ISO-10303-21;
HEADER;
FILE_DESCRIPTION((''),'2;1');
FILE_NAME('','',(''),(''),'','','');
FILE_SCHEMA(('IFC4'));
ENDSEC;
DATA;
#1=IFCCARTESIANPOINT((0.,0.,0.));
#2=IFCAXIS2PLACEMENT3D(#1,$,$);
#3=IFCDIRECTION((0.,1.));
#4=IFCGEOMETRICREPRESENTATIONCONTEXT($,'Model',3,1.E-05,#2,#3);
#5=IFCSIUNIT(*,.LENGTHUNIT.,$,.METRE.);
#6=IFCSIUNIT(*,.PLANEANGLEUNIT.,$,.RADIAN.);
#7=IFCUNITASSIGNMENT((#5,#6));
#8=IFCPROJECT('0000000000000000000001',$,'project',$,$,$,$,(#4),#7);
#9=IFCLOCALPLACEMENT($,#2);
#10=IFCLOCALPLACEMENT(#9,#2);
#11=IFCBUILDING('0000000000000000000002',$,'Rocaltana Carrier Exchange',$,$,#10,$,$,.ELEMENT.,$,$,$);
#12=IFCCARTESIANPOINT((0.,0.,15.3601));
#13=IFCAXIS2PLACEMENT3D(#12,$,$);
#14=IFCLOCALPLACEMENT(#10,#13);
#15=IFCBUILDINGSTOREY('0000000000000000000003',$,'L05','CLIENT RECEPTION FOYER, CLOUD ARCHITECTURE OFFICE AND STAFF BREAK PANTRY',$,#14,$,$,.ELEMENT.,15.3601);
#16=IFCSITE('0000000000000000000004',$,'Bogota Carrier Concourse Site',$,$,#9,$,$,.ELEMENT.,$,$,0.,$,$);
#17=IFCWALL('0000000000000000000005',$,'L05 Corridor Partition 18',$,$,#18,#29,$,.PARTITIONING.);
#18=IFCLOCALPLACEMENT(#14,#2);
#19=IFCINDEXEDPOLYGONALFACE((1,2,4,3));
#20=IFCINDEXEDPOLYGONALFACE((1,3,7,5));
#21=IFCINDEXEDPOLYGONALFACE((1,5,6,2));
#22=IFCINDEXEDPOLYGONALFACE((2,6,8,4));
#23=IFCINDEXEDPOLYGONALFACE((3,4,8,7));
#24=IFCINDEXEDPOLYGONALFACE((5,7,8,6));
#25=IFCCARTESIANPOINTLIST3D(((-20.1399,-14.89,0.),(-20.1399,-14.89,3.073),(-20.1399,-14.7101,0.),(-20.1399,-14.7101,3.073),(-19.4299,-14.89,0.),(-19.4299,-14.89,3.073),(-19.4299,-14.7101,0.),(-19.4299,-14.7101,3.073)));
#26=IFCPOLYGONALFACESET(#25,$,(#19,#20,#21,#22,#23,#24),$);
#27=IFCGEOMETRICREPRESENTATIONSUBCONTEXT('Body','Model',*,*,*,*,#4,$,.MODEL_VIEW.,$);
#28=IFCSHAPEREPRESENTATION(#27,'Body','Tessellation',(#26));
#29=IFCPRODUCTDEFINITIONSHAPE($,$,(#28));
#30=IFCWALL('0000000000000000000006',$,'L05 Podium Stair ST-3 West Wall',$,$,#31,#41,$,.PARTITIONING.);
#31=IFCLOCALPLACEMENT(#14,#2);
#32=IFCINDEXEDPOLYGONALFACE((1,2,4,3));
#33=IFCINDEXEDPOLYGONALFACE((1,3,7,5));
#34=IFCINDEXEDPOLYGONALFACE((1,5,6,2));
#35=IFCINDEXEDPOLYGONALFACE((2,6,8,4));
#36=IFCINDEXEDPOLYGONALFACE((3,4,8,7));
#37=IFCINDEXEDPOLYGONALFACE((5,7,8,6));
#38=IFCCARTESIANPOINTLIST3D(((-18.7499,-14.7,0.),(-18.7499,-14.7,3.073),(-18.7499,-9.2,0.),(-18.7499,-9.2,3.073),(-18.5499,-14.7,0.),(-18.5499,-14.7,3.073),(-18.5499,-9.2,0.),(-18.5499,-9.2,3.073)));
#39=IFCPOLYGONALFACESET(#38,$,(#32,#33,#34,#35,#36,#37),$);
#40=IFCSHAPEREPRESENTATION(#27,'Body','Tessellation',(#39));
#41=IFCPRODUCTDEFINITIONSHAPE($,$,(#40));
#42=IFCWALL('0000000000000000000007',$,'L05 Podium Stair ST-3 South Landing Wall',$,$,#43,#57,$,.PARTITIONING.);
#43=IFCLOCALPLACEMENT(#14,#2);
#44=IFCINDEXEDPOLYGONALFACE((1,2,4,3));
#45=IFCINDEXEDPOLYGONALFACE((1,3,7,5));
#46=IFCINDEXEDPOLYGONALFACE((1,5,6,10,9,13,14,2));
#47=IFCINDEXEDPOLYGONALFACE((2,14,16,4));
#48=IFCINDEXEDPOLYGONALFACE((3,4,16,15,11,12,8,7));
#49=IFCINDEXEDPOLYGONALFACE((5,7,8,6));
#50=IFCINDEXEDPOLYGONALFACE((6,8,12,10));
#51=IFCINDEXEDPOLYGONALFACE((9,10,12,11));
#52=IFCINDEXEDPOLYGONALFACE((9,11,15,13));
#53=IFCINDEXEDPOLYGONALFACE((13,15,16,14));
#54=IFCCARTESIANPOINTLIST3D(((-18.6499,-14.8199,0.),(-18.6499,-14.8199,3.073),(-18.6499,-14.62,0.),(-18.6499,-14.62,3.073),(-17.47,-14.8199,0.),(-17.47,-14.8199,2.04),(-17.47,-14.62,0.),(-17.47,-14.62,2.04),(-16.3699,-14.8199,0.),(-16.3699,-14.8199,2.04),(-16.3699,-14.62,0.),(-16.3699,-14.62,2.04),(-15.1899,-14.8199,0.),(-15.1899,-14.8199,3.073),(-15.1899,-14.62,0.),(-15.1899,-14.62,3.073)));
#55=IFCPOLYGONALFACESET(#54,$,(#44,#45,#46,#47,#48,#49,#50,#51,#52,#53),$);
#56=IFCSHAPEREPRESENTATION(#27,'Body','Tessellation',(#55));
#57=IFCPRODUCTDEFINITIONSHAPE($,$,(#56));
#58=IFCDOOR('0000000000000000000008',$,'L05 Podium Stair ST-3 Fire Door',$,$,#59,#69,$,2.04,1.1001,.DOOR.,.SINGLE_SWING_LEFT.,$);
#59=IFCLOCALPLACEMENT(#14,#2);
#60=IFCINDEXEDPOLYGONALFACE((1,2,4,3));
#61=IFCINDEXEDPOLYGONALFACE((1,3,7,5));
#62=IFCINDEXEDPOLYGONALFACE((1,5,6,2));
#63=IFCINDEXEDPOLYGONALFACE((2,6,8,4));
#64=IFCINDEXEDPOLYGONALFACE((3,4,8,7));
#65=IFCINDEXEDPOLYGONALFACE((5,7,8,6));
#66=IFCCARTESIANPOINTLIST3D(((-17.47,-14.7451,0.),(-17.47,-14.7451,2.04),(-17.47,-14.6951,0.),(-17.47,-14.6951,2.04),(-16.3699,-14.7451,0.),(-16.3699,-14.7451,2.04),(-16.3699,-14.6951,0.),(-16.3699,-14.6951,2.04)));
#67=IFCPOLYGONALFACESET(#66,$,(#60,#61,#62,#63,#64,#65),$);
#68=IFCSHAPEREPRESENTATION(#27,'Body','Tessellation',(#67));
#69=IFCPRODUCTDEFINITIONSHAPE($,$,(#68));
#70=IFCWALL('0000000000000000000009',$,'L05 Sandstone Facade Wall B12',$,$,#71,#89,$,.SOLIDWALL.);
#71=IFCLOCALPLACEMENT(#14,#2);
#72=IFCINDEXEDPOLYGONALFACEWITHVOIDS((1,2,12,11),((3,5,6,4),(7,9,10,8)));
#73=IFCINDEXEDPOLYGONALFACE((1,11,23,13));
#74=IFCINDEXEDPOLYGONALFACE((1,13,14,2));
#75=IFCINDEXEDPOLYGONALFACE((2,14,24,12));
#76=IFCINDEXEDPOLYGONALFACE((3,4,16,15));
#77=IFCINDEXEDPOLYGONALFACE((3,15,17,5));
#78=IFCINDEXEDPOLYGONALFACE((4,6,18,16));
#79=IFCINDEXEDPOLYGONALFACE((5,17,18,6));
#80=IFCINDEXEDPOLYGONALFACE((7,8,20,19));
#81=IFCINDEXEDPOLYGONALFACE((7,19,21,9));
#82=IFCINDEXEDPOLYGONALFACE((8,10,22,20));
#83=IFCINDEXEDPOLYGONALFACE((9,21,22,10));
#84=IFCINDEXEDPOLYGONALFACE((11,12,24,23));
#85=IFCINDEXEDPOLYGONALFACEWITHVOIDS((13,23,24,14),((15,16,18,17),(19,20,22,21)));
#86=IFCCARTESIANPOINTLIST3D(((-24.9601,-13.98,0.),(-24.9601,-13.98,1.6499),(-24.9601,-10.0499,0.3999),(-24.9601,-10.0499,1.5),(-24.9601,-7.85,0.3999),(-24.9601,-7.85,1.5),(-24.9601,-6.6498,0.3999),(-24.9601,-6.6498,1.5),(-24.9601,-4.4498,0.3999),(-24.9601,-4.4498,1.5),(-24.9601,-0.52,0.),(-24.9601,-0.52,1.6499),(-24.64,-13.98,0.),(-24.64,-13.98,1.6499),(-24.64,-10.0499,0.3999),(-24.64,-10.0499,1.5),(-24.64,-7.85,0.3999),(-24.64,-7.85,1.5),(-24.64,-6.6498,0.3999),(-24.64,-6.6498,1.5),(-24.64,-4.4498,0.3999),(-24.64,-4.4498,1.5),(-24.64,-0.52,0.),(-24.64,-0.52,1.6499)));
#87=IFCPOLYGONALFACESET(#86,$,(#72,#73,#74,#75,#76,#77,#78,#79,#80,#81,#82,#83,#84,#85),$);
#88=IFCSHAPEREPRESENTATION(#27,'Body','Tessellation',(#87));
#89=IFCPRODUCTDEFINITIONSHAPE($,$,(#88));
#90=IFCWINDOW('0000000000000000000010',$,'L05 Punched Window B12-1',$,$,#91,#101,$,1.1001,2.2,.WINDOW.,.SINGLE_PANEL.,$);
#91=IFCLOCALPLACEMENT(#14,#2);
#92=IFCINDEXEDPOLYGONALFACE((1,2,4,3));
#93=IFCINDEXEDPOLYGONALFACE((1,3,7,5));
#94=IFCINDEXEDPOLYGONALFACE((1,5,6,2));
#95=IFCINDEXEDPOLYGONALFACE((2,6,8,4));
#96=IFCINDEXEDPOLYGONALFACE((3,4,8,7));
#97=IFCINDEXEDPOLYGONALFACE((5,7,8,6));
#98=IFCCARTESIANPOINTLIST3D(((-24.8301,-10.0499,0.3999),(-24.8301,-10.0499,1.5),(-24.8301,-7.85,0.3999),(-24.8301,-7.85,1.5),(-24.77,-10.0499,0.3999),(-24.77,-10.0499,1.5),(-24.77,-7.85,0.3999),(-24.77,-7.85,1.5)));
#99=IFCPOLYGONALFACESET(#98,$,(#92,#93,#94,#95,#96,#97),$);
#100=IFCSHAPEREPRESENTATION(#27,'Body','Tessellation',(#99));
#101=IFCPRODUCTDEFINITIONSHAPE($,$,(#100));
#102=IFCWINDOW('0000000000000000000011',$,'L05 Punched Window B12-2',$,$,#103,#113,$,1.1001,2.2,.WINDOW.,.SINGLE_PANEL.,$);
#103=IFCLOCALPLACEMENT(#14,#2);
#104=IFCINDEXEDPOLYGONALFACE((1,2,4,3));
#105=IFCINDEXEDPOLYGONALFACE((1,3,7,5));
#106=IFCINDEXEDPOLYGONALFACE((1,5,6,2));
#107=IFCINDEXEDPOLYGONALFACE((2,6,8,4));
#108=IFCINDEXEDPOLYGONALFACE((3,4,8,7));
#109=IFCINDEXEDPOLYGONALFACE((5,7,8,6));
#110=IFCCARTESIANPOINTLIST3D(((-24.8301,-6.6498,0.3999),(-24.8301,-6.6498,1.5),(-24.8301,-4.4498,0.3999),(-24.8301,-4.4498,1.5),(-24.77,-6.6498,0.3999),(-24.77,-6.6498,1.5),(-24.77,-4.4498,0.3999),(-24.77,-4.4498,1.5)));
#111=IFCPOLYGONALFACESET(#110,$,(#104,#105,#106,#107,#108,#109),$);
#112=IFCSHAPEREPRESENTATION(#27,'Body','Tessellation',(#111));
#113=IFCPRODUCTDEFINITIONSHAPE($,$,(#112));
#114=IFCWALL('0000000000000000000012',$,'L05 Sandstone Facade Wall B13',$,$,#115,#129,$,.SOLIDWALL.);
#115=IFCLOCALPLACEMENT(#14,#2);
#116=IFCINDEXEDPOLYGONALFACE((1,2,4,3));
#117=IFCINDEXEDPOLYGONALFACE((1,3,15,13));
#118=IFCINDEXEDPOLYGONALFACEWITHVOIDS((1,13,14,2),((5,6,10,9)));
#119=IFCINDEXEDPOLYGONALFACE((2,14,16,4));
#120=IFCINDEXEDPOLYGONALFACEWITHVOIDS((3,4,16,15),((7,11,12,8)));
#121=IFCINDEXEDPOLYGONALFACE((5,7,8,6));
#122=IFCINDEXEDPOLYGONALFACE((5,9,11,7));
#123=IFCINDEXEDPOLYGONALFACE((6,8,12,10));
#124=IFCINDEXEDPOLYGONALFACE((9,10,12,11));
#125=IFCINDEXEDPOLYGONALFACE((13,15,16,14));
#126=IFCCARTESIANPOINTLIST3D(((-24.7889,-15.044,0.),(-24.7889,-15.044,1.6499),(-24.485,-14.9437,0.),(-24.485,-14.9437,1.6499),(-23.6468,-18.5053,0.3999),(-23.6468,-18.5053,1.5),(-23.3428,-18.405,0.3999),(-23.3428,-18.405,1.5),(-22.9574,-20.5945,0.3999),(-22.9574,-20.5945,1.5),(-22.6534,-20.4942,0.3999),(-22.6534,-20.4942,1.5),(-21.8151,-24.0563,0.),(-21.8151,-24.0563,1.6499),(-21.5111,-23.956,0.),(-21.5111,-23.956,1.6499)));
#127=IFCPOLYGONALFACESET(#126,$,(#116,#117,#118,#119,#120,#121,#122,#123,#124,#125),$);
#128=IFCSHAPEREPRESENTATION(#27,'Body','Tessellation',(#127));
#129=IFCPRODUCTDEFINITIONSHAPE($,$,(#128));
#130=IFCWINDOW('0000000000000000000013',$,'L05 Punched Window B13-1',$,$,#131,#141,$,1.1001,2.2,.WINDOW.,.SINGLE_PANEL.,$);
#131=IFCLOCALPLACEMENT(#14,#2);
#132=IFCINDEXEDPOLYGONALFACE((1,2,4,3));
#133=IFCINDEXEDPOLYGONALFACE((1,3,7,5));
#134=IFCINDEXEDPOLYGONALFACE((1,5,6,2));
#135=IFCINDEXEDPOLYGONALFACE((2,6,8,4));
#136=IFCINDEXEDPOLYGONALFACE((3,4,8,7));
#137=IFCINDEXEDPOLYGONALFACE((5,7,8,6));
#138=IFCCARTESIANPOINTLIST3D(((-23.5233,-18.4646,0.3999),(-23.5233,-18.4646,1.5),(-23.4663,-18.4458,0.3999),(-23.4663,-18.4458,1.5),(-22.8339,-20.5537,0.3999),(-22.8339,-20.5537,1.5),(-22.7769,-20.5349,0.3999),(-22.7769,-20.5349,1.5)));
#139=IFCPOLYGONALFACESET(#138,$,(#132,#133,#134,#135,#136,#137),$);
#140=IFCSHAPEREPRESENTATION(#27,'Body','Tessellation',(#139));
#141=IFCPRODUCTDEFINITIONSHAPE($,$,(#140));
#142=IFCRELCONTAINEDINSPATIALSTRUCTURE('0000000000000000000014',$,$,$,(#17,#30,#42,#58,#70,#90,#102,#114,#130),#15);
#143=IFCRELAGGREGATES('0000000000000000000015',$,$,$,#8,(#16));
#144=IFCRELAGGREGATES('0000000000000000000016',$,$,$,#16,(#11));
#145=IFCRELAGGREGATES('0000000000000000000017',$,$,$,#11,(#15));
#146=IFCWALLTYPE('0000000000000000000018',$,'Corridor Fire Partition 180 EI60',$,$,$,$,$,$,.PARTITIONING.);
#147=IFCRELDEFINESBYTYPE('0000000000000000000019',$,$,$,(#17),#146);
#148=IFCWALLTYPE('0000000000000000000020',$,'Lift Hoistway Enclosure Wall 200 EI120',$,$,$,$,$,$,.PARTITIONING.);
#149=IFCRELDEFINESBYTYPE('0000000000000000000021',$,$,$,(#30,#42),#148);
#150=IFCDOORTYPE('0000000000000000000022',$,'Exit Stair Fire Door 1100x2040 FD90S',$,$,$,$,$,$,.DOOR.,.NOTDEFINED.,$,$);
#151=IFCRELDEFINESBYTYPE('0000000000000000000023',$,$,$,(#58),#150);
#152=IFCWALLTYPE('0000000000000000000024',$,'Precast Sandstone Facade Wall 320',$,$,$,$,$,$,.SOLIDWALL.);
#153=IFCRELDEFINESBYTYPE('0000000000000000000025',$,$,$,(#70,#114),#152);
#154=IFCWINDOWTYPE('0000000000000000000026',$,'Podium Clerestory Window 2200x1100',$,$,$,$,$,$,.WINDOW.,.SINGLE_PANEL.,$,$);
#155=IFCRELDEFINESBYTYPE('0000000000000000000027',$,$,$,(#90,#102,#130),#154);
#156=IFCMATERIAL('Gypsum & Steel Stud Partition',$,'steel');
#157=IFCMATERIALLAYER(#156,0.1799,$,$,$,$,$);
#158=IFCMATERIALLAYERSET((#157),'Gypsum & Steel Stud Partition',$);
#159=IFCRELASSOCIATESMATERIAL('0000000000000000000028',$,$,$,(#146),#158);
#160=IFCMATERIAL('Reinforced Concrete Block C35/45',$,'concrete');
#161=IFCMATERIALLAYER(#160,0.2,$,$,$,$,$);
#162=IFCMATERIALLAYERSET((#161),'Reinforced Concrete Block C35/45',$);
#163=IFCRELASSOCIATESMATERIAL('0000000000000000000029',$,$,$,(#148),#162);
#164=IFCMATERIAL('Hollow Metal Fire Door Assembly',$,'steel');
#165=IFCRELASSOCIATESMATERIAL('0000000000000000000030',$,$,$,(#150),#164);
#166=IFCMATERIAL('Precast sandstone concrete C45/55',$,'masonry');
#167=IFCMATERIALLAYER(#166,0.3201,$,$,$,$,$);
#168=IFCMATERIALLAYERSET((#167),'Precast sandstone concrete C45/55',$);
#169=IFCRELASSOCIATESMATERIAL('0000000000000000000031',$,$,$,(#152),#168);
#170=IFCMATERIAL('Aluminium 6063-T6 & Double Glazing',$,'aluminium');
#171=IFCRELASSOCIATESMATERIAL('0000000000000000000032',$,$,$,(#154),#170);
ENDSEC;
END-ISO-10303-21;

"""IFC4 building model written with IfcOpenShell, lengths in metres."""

from ifc_helpers import new_model, si_unit, direction, frame, frame_2d, origin, place, context, subcontext, project, spatial, rectangle, extrude, material, layer, layer_set, type_object, element, fill, save


model = new_model("IFC4")

# Units and contexts
model_context = context("Model", 3, precision=1e-05, world=origin(), true_north=direction((0.0, 1.0)))
body_context = subcontext(model_context, "Body", "Model", "MODEL_VIEW")
ifc_project = project(units=[si_unit("LENGTHUNIT", "METRE"), si_unit("PLANEANGLEUNIT", "RADIAN")], contexts=[model_context])

# Site, building, storey
site_placement = place(None, origin())
site = spatial("IfcSite", under=ifc_project, at=site_placement, Name="Bogota Carrier Concourse Site", CompositionType="ELEMENT", RefElevation=0.0)
building_placement = place(site_placement, origin())
building = spatial("IfcBuilding", under=site, at=building_placement, Name="Rocaltana Carrier Exchange", CompositionType="ELEMENT")
storey_placement = place(building_placement, frame((0.0, 0.0, 15.3601)))
storey = spatial("IfcBuildingStorey", under=building, at=storey_placement, Name="L05", Description="CLIENT RECEPTION FOYER, CLOUD ARCHITECTURE OFFICE AND STAFF BREAK PANTRY", CompositionType="ELEMENT", Elevation=15.3601)

# Walls
ifc_material_1 = material(Name="Gypsum & Steel Stud Partition", Category="steel")
ifc_layer_1 = layer(ifc_material_1, 0.1799)
ifc_layer_set_1 = layer_set([ifc_layer_1], Name="Gypsum & Steel Stud Partition")
wall_type_1 = type_object("IfcWallType", Name="Corridor Fire Partition 180 EI60", PredefinedType="PARTITIONING", material=ifc_layer_set_1)
wall_1_placement = place(storey_placement, frame((-20.1399, -14.8, 0.0), z_axis=(0.0, 0.0, 1.0), x_axis=(1.0, 0.0, 0.0)))
element("IfcWall", 1, at=wall_1_placement, inside=storey, type_object=wall_type_1, Name="L05 Corridor Partition 18", PredefinedType="PARTITIONING", context=body_context, shape_type="SweptSolid", body=[
    extrude(rectangle(XDim=0.71, YDim=0.1799, at=frame_2d((0.355, 0.0))), origin(), (0.0, 0.0, 1.0), 3.073),
])
ifc_material_2 = material(Name="Reinforced Concrete Block C35/45", Category="concrete")
ifc_layer_2 = layer(ifc_material_2, 0.2)
ifc_layer_set_2 = layer_set([ifc_layer_2], Name="Reinforced Concrete Block C35/45")
wall_type_2 = type_object("IfcWallType", Name="Lift Hoistway Enclosure Wall 200 EI120", PredefinedType="PARTITIONING", material=ifc_layer_set_2)
wall_2_placement = place(storey_placement, frame((-18.6499, -14.7, 0.0), z_axis=(0.0, 0.0, 1.0), x_axis=(0.0, 1.0, 0.0)))
element("IfcWall", 2, at=wall_2_placement, inside=storey, type_object=wall_type_2, Name="L05 Podium Stair ST-3 West Wall", PredefinedType="PARTITIONING", context=body_context, shape_type="SweptSolid", body=[
    extrude(rectangle(XDim=5.5, YDim=0.2, at=frame_2d((2.75, 0.0))), origin(), (0.0, 0.0, 1.0), 3.073),
])

# Wall, opening, door
wall_3_placement = place(storey_placement, frame((-18.6499, -14.72, 0.0), z_axis=(0.0, 0.0, 1.0), x_axis=(1.0, 0.0, 0.0)))
wall_3 = element("IfcWall", 3, at=wall_3_placement, inside=storey, type_object=wall_type_2, Name="L05 Podium Stair ST-3 South Landing Wall", PredefinedType="PARTITIONING", context=body_context, shape_type="SweptSolid", body=[
    extrude(rectangle(XDim=3.46, YDim=0.2, at=frame_2d((1.73, 0.0))), origin(), (0.0, 0.0, 1.0), 3.073),
])
opening_1_placement = place(wall_3_placement, frame((1.1799, 0.0, 0.0)))
opening_1 = element("IfcOpeningElement", 4, at=opening_1_placement, cuts=wall_3, PredefinedType="OPENING", context=body_context, shape_type="SweptSolid", body=[
    extrude(rectangle(XDim=1.1001, YDim=2.04, at=frame_2d((0.55, 1.02))), frame((0.0, 0.1099, 0.0), z_axis=(0.0, -1.0, 0.0), x_axis=(1.0, 0.0, 0.0)), (0.0, 0.0, 1.0), 0.22),
])
ifc_material_3 = material(Name="Hollow Metal Fire Door Assembly", Category="steel")
door_type = type_object("IfcDoorType", Name="Exit Stair Fire Door 1100x2040 FD90S", OperationType="NOTDEFINED", PredefinedType="DOOR", material=ifc_material_3)
door_placement = place(opening_1_placement, origin())
door = element("IfcDoor", 5, at=door_placement, inside=storey, type_object=door_type, Name="L05 Podium Stair ST-3 Fire Door", OperationType="SINGLE_SWING_LEFT", OverallHeight=2.04, OverallWidth=1.1001, PredefinedType="DOOR", context=body_context, shape_type="SweptSolid", body=[
    extrude(rectangle(XDim=1.1001, YDim=2.04, at=frame_2d((0.55, 1.02))), frame((0.0, 0.0249, 0.0), z_axis=(0.0, -1.0, 0.0), x_axis=(1.0, 0.0, 0.0)), (0.0, 0.0, 1.0), 0.05),
])
fill(opening_1, door)

# Wall, openings, windows
ifc_material_4 = material(Name="Precast sandstone concrete C45/55", Category="masonry")
ifc_layer_3 = layer(ifc_material_4, 0.3201)
ifc_layer_set_3 = layer_set([ifc_layer_3], Name="Precast sandstone concrete C45/55")
wall_type_3 = type_object("IfcWallType", Name="Precast Sandstone Facade Wall 320", PredefinedType="SOLIDWALL", material=ifc_layer_set_3)
wall_4_placement = place(storey_placement, frame((-24.8, -13.98, 0.0), z_axis=(0.0, 0.0, 1.0), x_axis=(0.0, 1.0, 0.0)))
wall_4 = element("IfcWall", 6, at=wall_4_placement, inside=storey, type_object=wall_type_3, Name="L05 Sandstone Facade Wall B12", PredefinedType="SOLIDWALL", context=body_context, shape_type="SweptSolid", body=[
    extrude(rectangle(XDim=13.46, YDim=0.3201, at=frame_2d((6.73, 0.0))), origin(), (0.0, 0.0, 1.0), 1.6499),
])
opening_2_placement = place(wall_4_placement, frame((3.9299, 0.0, 0.3999)))
opening_2 = element("IfcOpeningElement", 7, at=opening_2_placement, cuts=wall_4, PredefinedType="OPENING", context=body_context, shape_type="SweptSolid", body=[
    extrude(rectangle(XDim=2.2, YDim=1.1001, at=frame_2d((1.1001, 0.55))), frame((0.0, 0.1699, 0.0), z_axis=(0.0, -1.0, 0.0), x_axis=(1.0, 0.0, 0.0)), (0.0, 0.0, 1.0), 0.3401),
])
opening_3_placement = place(wall_4_placement, frame((7.3301, 0.0, 0.3999)))
opening_3 = element("IfcOpeningElement", 8, at=opening_3_placement, cuts=wall_4, PredefinedType="OPENING", context=body_context, shape_type="SweptSolid", body=[
    extrude(rectangle(XDim=2.2, YDim=1.1001, at=frame_2d((1.1001, 0.55))), frame((0.0, 0.1699, 0.0), z_axis=(0.0, -1.0, 0.0), x_axis=(1.0, 0.0, 0.0)), (0.0, 0.0, 1.0), 0.3401),
])
ifc_material_5 = material(Name="Aluminium 6063-T6 & Double Glazing", Category="aluminium")
window_type = type_object("IfcWindowType", Name="Podium Clerestory Window 2200x1100", PartitioningType="SINGLE_PANEL", PredefinedType="WINDOW", material=ifc_material_5)
window_1_placement = place(opening_2_placement, origin())
window_1 = element("IfcWindow", 9, at=window_1_placement, inside=storey, type_object=window_type, Name="L05 Punched Window B12-1", OverallHeight=1.1001, OverallWidth=2.2, PartitioningType="SINGLE_PANEL", PredefinedType="WINDOW", context=body_context, shape_type="SweptSolid", body=[
    extrude(rectangle(XDim=2.2, YDim=1.1001, at=frame_2d((1.1001, 0.55))), frame((0.0, 0.03, 0.0), z_axis=(0.0, -1.0, 0.0), x_axis=(1.0, 0.0, 0.0)), (0.0, 0.0, 1.0), 0.0601),
])
fill(opening_2, window_1)
window_2_placement = place(opening_3_placement, origin())
window_2 = element("IfcWindow", 10, at=window_2_placement, inside=storey, type_object=window_type, Name="L05 Punched Window B12-2", OverallHeight=1.1001, OverallWidth=2.2, PartitioningType="SINGLE_PANEL", PredefinedType="WINDOW", context=body_context, shape_type="SweptSolid", body=[
    extrude(rectangle(XDim=2.2, YDim=1.1001, at=frame_2d((1.1001, 0.55))), frame((0.0, 0.03, 0.0), z_axis=(0.0, -1.0, 0.0), x_axis=(1.0, 0.0, 0.0)), (0.0, 0.0, 1.0), 0.0601),
])
fill(opening_3, window_2)

# Wall, opening, window
wall_5_placement = place(storey_placement, frame((-21.6631, -24.0061, 0.0), z_axis=(0.0, 0.0, 1.0), x_axis=(-0.313363, 0.949633, 0.0)))
wall_5 = element("IfcWall", 11, at=wall_5_placement, inside=storey, type_object=wall_type_3, Name="L05 Sandstone Facade Wall B13", PredefinedType="SOLIDWALL", context=body_context, shape_type="SweptSolid", body=[
    extrude(rectangle(XDim=9.4902, YDim=0.3201, at=frame_2d((4.7451, 0.0))), origin(), (0.0, 0.0, 1.0), 1.6499),
])
opening_4_placement = place(wall_5_placement, frame((3.6453, 0.0, 0.3999)))
opening_4 = element("IfcOpeningElement", 12, at=opening_4_placement, cuts=wall_5, PredefinedType="OPENING", context=body_context, shape_type="SweptSolid", body=[
    extrude(rectangle(XDim=2.2, YDim=1.1001, at=frame_2d((1.1001, 0.55))), frame((0.0, 0.1699, 0.0), z_axis=(0.0, -1.0, 0.0), x_axis=(1.0, 0.0, 0.0)), (0.0, 0.0, 1.0), 0.3401),
])
window_3_placement = place(opening_4_placement, origin())
window_3 = element("IfcWindow", 13, at=window_3_placement, inside=storey, type_object=window_type, Name="L05 Punched Window B13-1", OverallHeight=1.1001, OverallWidth=2.2, PartitioningType="SINGLE_PANEL", PredefinedType="WINDOW", context=body_context, shape_type="SweptSolid", body=[
    extrude(rectangle(XDim=2.2, YDim=1.1001, at=frame_2d((1.1001, 0.55))), frame((0.0, 0.03, 0.0), z_axis=(0.0, -1.0, 0.0), x_axis=(1.0, 0.0, 0.0)), (0.0, 0.0, 1.0), 0.0601),
])
fill(opening_4, window_3)

save(model, "model.ifc")
